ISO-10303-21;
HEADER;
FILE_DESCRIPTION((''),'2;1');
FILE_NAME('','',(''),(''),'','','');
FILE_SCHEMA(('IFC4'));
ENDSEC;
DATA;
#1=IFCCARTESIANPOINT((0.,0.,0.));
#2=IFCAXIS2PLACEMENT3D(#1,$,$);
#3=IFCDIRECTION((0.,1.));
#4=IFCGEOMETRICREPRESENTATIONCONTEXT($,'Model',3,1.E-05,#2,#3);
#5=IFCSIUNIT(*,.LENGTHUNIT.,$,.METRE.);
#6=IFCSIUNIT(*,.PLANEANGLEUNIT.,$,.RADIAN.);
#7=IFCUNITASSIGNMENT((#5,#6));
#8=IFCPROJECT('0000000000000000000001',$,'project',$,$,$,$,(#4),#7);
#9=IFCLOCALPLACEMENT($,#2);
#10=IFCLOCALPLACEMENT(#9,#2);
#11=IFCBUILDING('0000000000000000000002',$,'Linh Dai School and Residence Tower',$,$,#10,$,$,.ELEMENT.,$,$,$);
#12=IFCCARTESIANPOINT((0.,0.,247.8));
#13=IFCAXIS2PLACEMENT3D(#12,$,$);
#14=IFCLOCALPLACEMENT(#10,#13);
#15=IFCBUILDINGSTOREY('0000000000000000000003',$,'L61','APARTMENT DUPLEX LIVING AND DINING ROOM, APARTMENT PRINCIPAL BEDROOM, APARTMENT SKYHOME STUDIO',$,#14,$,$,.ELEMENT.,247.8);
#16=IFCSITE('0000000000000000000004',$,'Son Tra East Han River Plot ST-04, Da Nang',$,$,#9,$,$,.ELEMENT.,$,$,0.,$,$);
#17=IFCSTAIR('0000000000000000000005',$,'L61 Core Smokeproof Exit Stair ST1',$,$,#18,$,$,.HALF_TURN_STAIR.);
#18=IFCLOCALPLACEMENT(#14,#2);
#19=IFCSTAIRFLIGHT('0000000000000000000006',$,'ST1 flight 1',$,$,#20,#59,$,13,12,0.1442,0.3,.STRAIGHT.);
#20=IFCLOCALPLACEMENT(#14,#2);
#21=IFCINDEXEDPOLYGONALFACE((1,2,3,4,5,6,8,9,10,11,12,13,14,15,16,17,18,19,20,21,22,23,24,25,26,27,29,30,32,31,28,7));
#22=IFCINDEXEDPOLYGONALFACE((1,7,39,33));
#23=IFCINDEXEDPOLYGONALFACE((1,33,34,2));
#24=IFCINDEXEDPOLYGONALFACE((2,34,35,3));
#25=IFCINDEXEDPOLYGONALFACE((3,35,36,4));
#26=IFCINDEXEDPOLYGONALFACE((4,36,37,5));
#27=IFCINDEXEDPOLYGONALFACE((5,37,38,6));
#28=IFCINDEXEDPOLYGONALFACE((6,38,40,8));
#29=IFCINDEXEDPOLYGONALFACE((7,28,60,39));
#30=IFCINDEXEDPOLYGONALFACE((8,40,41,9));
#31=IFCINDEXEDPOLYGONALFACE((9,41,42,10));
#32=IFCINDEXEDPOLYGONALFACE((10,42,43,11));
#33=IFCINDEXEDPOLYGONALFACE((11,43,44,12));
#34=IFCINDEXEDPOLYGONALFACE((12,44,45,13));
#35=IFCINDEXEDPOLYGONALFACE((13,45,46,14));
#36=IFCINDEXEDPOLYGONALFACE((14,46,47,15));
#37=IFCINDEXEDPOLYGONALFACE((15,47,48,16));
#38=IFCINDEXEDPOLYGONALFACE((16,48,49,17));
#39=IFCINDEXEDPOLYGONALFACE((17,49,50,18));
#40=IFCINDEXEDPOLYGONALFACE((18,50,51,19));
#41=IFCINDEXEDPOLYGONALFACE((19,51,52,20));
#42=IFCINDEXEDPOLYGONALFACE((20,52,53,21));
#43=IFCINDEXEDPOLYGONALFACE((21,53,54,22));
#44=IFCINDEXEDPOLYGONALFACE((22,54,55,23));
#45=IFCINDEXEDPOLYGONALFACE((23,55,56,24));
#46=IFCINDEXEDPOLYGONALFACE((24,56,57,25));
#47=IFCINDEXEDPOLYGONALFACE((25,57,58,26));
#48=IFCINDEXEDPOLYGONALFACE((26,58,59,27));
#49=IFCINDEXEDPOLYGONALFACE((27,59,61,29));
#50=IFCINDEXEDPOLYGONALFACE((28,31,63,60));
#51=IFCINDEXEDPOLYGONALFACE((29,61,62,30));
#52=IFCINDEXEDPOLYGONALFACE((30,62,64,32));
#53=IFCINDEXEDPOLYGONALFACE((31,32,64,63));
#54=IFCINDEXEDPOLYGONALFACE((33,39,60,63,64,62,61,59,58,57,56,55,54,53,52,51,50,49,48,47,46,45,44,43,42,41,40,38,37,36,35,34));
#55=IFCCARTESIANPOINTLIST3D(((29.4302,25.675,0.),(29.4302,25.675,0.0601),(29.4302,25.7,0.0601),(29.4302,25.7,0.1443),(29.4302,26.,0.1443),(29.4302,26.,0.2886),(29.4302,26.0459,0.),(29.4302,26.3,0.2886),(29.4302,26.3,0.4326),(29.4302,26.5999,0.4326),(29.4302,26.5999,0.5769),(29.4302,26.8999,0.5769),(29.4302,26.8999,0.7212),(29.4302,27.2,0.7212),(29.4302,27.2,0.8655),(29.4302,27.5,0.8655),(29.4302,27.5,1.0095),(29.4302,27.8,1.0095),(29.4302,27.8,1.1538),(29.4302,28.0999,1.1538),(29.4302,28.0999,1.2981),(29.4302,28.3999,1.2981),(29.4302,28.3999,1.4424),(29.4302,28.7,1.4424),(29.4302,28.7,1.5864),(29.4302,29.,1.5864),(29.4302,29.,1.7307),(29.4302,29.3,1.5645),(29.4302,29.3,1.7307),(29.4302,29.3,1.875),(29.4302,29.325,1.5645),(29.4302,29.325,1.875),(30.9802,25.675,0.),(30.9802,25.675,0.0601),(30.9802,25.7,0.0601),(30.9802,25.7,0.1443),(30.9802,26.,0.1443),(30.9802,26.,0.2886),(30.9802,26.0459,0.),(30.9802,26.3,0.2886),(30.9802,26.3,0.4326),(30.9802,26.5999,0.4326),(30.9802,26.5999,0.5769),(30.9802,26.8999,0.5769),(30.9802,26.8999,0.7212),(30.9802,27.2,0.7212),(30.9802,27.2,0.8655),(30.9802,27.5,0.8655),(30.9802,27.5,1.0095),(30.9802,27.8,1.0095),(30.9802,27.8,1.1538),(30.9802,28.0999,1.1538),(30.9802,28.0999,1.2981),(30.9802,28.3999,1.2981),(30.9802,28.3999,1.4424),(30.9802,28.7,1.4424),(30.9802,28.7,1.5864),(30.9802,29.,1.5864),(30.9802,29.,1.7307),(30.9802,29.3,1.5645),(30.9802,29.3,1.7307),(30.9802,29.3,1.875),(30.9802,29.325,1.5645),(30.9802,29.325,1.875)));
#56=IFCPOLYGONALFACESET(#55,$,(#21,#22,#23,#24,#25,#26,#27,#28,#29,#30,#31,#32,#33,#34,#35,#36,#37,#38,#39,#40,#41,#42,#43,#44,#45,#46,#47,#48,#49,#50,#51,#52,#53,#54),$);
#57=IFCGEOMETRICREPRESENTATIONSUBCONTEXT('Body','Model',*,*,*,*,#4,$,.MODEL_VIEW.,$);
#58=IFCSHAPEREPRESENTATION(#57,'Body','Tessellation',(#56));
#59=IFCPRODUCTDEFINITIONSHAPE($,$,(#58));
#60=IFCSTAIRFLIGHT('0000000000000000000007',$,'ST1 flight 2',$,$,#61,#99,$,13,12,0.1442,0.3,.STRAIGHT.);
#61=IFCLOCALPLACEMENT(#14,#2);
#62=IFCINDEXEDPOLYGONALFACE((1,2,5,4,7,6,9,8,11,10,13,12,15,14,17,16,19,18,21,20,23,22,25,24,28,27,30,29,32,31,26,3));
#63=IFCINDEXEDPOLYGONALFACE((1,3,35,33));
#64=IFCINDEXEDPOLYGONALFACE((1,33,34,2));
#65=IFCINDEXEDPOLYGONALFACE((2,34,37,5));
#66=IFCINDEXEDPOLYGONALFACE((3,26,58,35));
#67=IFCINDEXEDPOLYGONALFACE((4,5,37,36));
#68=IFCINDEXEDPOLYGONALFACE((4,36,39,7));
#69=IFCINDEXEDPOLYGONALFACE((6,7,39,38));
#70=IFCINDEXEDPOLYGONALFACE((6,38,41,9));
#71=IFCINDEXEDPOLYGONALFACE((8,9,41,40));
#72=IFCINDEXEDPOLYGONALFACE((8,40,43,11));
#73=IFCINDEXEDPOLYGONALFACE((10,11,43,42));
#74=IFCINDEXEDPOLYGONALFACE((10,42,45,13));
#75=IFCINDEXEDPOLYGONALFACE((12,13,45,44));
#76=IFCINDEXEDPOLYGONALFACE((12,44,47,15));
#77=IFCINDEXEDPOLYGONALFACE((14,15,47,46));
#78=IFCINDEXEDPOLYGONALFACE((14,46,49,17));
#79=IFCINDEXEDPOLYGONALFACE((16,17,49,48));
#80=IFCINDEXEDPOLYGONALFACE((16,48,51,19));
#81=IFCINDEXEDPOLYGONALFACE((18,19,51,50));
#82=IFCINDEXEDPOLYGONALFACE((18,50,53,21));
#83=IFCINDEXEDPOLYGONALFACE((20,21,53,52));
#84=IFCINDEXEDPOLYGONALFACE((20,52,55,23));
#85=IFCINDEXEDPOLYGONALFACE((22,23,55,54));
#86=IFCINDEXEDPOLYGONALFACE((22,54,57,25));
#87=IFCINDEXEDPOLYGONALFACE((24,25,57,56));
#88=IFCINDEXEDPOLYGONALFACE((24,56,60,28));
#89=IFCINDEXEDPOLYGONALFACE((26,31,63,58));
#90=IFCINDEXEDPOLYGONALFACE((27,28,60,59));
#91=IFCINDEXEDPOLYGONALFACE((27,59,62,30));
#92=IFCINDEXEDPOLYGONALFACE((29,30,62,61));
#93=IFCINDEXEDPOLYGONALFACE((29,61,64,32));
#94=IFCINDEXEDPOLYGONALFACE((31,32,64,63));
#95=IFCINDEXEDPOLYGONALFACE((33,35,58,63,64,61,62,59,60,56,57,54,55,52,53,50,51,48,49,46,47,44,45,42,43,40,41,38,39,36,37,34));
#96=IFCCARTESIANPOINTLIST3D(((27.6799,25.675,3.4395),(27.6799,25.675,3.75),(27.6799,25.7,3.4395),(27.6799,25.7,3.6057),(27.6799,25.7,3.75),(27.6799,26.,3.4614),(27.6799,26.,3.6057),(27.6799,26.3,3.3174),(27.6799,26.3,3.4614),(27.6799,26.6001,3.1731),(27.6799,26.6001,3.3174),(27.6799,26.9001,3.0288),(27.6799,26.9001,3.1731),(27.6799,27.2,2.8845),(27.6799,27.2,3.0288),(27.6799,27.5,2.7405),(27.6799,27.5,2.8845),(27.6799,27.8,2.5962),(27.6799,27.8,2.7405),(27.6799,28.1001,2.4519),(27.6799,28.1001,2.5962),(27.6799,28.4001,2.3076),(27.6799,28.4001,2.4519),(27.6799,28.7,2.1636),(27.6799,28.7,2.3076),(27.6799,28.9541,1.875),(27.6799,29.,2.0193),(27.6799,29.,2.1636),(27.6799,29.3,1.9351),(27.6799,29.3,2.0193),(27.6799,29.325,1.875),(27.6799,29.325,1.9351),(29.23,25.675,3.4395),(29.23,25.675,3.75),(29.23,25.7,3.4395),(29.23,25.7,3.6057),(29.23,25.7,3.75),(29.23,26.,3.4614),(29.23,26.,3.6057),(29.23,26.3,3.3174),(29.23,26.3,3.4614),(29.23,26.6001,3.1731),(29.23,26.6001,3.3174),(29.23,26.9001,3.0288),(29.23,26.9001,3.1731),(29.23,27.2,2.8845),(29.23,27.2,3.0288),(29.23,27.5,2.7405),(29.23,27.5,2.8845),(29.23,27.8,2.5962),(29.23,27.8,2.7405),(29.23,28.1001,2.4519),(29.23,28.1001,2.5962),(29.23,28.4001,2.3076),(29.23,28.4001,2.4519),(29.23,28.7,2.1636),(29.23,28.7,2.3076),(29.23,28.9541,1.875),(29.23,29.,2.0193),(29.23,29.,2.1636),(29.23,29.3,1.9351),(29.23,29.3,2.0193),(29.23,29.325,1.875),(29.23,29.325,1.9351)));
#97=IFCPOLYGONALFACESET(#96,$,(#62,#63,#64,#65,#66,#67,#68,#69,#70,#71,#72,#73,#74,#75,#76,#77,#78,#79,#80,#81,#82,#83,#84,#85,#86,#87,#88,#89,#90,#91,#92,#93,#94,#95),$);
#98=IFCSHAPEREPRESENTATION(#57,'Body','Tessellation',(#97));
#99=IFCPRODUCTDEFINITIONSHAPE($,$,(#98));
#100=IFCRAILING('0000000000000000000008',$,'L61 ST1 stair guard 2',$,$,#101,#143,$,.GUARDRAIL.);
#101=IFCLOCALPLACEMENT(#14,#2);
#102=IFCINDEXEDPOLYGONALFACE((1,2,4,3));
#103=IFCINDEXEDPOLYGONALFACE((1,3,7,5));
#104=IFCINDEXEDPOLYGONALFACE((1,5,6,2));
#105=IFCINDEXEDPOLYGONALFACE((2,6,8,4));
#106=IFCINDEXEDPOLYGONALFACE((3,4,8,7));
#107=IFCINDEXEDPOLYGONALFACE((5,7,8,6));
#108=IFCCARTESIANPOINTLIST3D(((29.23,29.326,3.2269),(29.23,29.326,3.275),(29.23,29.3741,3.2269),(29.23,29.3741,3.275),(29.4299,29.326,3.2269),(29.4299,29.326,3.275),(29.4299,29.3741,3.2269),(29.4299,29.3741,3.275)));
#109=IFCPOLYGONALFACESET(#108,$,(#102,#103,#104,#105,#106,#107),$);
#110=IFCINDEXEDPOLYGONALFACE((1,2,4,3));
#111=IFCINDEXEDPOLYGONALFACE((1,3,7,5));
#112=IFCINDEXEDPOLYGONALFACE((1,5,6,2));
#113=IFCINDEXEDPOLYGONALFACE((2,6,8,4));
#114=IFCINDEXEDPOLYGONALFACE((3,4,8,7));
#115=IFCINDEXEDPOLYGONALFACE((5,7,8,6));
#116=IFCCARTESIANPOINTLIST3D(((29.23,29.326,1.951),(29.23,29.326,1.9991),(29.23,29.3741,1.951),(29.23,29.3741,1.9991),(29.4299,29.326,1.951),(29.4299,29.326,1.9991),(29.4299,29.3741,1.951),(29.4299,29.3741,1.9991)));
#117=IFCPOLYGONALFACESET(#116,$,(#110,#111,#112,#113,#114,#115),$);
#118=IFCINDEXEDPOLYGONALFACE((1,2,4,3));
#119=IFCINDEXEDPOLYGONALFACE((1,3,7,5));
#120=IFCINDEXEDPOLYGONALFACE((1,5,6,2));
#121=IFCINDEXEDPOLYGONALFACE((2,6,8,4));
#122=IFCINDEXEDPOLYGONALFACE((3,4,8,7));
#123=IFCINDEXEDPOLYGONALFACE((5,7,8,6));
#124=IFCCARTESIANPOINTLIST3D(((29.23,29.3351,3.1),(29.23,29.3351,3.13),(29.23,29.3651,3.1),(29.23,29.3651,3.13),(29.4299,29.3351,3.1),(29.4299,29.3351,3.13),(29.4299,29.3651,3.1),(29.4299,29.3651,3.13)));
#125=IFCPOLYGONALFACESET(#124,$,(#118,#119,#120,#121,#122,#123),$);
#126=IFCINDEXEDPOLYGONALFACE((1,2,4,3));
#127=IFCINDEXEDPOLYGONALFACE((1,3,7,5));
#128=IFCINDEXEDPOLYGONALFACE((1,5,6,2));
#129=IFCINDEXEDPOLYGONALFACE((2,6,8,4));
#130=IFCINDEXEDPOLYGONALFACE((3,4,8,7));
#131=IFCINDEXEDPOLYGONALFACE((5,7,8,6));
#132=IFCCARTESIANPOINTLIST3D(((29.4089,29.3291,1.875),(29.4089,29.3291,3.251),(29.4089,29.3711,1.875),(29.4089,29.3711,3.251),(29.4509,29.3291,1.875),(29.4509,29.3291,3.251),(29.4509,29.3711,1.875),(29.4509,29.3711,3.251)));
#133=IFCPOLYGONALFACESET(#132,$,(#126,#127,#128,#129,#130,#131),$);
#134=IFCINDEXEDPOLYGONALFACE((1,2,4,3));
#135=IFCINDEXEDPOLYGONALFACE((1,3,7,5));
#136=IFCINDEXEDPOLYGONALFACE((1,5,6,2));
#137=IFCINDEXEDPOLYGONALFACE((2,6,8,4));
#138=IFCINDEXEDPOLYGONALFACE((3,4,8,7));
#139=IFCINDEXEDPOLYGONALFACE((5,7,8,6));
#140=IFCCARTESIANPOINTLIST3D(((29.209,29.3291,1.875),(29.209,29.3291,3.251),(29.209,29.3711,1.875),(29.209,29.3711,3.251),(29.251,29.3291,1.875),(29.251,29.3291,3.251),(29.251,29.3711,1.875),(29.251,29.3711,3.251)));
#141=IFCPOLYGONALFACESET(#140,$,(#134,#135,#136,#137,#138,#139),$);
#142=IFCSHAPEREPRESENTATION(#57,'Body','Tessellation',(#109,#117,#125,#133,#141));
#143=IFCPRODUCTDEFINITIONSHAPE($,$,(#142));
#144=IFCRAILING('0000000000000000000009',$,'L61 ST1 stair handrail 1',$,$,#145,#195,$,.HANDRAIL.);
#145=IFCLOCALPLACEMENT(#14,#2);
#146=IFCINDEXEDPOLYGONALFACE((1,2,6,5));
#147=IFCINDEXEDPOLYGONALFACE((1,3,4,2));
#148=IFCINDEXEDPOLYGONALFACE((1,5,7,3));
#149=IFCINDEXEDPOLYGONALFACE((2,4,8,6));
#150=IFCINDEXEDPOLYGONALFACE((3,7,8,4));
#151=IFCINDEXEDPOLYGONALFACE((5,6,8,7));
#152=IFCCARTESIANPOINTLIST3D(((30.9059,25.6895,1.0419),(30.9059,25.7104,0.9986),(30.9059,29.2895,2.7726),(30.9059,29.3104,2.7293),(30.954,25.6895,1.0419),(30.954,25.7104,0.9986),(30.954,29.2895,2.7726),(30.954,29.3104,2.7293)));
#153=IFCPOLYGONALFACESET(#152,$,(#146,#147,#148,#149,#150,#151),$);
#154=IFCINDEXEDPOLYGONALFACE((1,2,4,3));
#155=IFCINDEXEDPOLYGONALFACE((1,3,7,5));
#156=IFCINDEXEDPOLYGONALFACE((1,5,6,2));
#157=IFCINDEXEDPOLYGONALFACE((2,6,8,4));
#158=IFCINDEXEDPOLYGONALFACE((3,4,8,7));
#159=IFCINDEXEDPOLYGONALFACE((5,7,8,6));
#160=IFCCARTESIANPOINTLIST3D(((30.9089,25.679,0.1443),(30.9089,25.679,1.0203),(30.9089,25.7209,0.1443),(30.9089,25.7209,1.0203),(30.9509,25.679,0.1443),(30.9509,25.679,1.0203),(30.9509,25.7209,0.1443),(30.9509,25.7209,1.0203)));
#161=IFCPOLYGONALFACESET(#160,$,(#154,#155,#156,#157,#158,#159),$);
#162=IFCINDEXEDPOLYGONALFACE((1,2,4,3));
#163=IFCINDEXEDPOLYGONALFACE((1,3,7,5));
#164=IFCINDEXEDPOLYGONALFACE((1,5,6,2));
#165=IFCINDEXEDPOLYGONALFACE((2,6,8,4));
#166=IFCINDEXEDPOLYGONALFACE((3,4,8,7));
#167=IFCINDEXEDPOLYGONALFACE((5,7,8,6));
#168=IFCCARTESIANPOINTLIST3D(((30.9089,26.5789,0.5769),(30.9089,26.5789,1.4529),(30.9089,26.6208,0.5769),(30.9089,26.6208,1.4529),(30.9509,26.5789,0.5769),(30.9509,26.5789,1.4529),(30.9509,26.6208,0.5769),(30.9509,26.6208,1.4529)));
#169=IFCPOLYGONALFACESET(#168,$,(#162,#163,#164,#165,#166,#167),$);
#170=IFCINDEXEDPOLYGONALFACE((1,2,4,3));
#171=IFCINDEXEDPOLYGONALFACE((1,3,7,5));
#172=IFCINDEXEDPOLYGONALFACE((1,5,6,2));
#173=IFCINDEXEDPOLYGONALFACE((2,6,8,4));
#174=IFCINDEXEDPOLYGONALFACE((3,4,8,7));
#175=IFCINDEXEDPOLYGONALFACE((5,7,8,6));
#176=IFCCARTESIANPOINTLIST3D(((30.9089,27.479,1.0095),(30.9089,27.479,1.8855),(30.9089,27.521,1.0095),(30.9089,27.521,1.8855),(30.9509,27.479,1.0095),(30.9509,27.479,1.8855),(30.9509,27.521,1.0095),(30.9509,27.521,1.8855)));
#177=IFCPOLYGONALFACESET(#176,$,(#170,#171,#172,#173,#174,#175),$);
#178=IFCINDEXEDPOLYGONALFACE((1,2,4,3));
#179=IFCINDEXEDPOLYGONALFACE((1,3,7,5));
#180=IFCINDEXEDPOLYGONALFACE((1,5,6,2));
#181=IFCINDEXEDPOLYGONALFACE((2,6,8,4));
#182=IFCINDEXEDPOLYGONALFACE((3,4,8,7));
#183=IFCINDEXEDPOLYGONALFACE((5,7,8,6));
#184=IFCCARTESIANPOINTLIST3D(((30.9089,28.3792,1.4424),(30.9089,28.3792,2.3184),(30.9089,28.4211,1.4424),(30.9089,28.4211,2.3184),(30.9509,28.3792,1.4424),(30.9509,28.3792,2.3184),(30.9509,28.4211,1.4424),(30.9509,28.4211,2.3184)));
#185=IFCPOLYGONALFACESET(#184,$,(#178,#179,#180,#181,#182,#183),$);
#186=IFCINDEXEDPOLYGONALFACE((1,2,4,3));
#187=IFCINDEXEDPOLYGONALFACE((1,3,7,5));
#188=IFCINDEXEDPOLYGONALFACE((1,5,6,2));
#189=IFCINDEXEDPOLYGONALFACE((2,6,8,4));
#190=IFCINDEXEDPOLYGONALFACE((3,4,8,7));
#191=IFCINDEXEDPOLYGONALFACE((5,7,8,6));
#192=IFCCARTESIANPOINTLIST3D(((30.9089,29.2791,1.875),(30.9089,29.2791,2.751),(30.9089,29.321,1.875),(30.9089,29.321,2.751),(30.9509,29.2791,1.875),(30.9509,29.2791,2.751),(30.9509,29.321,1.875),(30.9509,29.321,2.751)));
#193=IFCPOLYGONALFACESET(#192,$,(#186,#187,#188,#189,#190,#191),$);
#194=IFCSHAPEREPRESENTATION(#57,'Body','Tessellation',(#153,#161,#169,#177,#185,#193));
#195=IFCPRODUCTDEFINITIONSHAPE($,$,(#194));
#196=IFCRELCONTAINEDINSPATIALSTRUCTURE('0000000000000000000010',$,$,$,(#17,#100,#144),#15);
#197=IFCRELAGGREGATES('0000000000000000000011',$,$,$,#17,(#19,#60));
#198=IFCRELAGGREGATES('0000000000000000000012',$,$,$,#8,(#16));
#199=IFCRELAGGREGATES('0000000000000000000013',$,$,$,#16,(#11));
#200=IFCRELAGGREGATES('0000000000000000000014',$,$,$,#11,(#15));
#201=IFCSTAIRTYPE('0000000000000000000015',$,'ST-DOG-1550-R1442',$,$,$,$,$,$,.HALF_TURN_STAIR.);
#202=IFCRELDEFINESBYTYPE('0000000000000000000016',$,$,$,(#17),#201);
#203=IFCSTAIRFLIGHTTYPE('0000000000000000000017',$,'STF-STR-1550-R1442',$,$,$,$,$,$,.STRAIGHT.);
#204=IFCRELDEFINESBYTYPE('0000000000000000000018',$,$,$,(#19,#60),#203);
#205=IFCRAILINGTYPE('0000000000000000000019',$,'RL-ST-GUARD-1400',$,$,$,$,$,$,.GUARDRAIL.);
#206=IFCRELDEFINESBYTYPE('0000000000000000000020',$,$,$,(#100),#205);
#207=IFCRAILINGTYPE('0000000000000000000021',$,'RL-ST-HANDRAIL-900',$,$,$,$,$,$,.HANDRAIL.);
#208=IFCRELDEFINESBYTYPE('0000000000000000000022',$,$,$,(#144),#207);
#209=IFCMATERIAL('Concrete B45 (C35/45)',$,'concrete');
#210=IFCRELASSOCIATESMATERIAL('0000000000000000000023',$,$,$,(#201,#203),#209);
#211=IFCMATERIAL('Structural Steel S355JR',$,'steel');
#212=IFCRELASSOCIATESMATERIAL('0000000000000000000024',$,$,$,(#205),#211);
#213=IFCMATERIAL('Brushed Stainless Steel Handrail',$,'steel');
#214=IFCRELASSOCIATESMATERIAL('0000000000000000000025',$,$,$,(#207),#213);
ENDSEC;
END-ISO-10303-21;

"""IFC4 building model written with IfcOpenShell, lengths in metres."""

from ifc_helpers import new_model, si_unit, direction, frame, origin, origin_2d, place, context, subcontext, project, spatial, polyline, rectangle, outline, extrude, source, transform, mapped, material, type_object, element, aggregate, save


model = new_model("IFC4")

# Units and contexts
model_context = context("Model", 3, precision=1e-05, world=origin(), true_north=direction((0.0, 1.0)))
body_context = subcontext(model_context, "Body", "Model", "MODEL_VIEW")
ifc_project = project(units=[si_unit("LENGTHUNIT", "METRE"), si_unit("PLANEANGLEUNIT", "RADIAN")], contexts=[model_context])

# Site, building, storey
site_placement = place(None, origin())
site = spatial("IfcSite", under=ifc_project, at=site_placement, Name="Son Tra East Han River Plot ST-04, Da Nang", CompositionType="ELEMENT", RefElevation=0.0)
building_placement = place(site_placement, origin())
building = spatial("IfcBuilding", under=site, at=building_placement, Name="Linh Dai School and Residence Tower", CompositionType="ELEMENT")
storey_placement = place(building_placement, frame((0.0, 0.0, 247.8)))
storey = spatial("IfcBuildingStorey", under=building, at=storey_placement, Name="L61", Description="APARTMENT DUPLEX LIVING AND DINING ROOM, APARTMENT PRINCIPAL BEDROOM, APARTMENT SKYHOME STUDIO", CompositionType="ELEMENT", Elevation=247.8)

# Shared definitions
ifc_material_1 = material(Name="Concrete B45 (C35/45)", Category="concrete")

# Stair, stair flights
stair_type = type_object("IfcStairType", Name="ST-DOG-1550-R1442", PredefinedType="HALF_TURN_STAIR", material=ifc_material_1)
stair_placement = place(storey_placement, origin())
stair = element("IfcStair", 1, at=stair_placement, inside=storey, type_object=stair_type, Name="L61 Core Smokeproof Exit Stair ST1", PredefinedType="HALF_TURN_STAIR")
stair_flight_type = type_object("IfcStairFlightType", Name="STF-STR-1550-R1442", PredefinedType="STRAIGHT", material=ifc_material_1)
shared_shape_1 = source(origin(), body_context, "Body", "SweptSolid", [
    extrude(outline(polyline([(-0.0249, 0.0), (-0.0249, 0.0601), (0.0, 0.0601), (0.0, 0.1443), (0.3, 0.1443), (0.3, 0.2886), (0.6001, 0.2886), (0.6001, 0.4326), (0.8999, 0.4326), (0.8999, 0.5769), (1.2, 0.5769), (1.2, 0.7212), (1.5, 0.7212), (1.5, 0.8655), (1.8, 0.8655), (1.8, 1.0095), (2.1001, 1.0095), (2.1001, 1.1538), (2.3999, 1.1538), (2.3999, 1.2981), (2.7, 1.2981), (2.7, 1.4424), (3.0, 1.4424), (3.0, 1.5864), (3.3, 1.5864), (3.3, 1.7307), (3.6001, 1.7307), (3.6001, 1.875), (3.625, 1.875), (3.625, 1.5645), (3.6001, 1.5645), (0.3459, 0.0), (-0.0249, 0.0)])), frame((0.0, 0.7749, 0.0), z_axis=(0.0, -1.0, 0.0), x_axis=(1.0, 0.0, 0.0)), (0.0, 0.0, 1.0), 1.55),
])
stair_flight_1_placement = place(storey_placement, frame((30.2051, 25.7, 0.0), z_axis=(0.0, 0.0, 1.0), x_axis=(0.0, 1.0, 0.0)))
stair_flight_1 = element("IfcStairFlight", 2, at=stair_flight_1_placement, type_object=stair_flight_type, Name="ST1 flight 1", NumberOfRisers=13, NumberOfTreads=12, PredefinedType="STRAIGHT", RiserHeight=0.1442, TreadLength=0.3, context=body_context, shape_type="MappedRepresentation", body=[
    mapped(shared_shape_1, transform((0.0, 0.0, 0.0), x_axis=(1.0, 0.0, 0.0), y_axis=(0.0, 1.0, 0.0), z_axis=(0.0, 0.0, 1.0), scale=1.0)),
])
stair_flight_2_placement = place(storey_placement, frame((28.4551, 29.3, 1.875), z_axis=(0.0, 0.0, 1.0), x_axis=(0.0, -1.0, 0.0)))
stair_flight_2 = element("IfcStairFlight", 3, at=stair_flight_2_placement, type_object=stair_flight_type, Name="ST1 flight 2", NumberOfRisers=13, NumberOfTreads=12, PredefinedType="STRAIGHT", RiserHeight=0.1442, TreadLength=0.3, context=body_context, shape_type="MappedRepresentation", body=[
    mapped(shared_shape_1, transform((0.0, 0.0, 0.0), x_axis=(1.0, 0.0, 0.0), y_axis=(0.0, 1.0, 0.0), z_axis=(0.0, 0.0, 1.0), scale=1.0)),
])
aggregate(stair, [stair_flight_1, stair_flight_2])

# Railings
ifc_material_2 = material(Name="Structural Steel S355JR", Category="steel")
railing_type_1 = type_object("IfcRailingType", Name="RL-ST-GUARD-1400", PredefinedType="GUARDRAIL", material=ifc_material_2)
shared_shape_2 = source(origin(), body_context, "Body", "SweptSolid", [
    extrude(rectangle(XDim=0.0481, YDim=0.0481, at=origin_2d()), frame((0.0, 0.0, 1.376), z_axis=(-1.0, 0.0, 0.0), x_axis=(0.0, -1.0, 0.0)), (0.0, 0.0, 1.0), 0.2),
    extrude(rectangle(XDim=0.0481, YDim=0.0481, at=origin_2d()), frame((0.0, 0.0, 0.1001), z_axis=(-1.0, 0.0, 0.0), x_axis=(0.0, -1.0, 0.0)), (0.0, 0.0, 1.0), 0.2),
    extrude(rectangle(XDim=0.03, YDim=0.03, at=origin_2d()), frame((0.0, 0.0, 1.24), z_axis=(-1.0, 0.0, 0.0), x_axis=(0.0, -1.0, 0.0)), (0.0, 0.0, 1.0), 0.2),
    extrude(rectangle(XDim=0.042, YDim=0.042, at=origin_2d()), origin(), (0.0, 0.0, 1.0), 1.376),
    extrude(rectangle(XDim=0.042, YDim=0.042, at=origin_2d()), frame((-0.2, 0.0, 0.0)), (0.0, 0.0, 1.0), 1.376),
])
railing_1_placement = place(storey_placement, frame((29.4299, 29.3501, 1.875)))
element("IfcRailing", 4, at=railing_1_placement, inside=storey, type_object=railing_type_1, Name="L61 ST1 stair guard 2", PredefinedType="GUARDRAIL", context=body_context, shape_type="MappedRepresentation", body=[
    mapped(shared_shape_2, transform((0.0, 0.0, 0.0), x_axis=(1.0, 0.0, 0.0), y_axis=(0.0, 1.0, 0.0), z_axis=(0.0, 0.0, 1.0), scale=1.0)),
])
ifc_material_3 = material(Name="Brushed Stainless Steel Handrail", Category="steel")
railing_type_2 = type_object("IfcRailingType", Name="RL-ST-HANDRAIL-900", PredefinedType="HANDRAIL", material=ifc_material_3)
shared_shape_3 = source(origin(), body_context, "Body", "SweptSolid", [
    extrude(rectangle(XDim=0.0481, YDim=0.0481, at=origin_2d()), frame((0.0, 0.0, 0.876), z_axis=(0.0, 0.901263, 0.433273), x_axis=(-1.0, 0.0, 0.0)), (0.0, 0.0, 1.0), 3.9944),
    extrude(rectangle(XDim=0.042, YDim=0.042, at=origin_2d()), origin(), (0.0, 0.0, 1.0), 0.876),
    extrude(rectangle(XDim=0.042, YDim=0.042, at=origin_2d()), frame((0.0, 0.8999, 0.4326)), (0.0, 0.0, 1.0), 0.876),
    extrude(rectangle(XDim=0.042, YDim=0.042, at=origin_2d()), frame((0.0, 1.8, 0.8652)), (0.0, 0.0, 1.0), 0.876),
    extrude(rectangle(XDim=0.042, YDim=0.042, at=origin_2d()), frame((0.0, 2.7002, 1.2981)), (0.0, 0.0, 1.0), 0.876),
    extrude(rectangle(XDim=0.042, YDim=0.042, at=origin_2d()), frame((0.0, 3.6001, 1.7307)), (0.0, 0.0, 1.0), 0.876),
])
railing_2_placement = place(storey_placement, frame((30.9299, 25.7, 0.1443)))
element("IfcRailing", 5, at=railing_2_placement, inside=storey, type_object=railing_type_2, Name="L61 ST1 stair handrail 1", PredefinedType="HANDRAIL", context=body_context, shape_type="MappedRepresentation", body=[
    mapped(shared_shape_3, transform((0.0, 0.0, 0.0), x_axis=(1.0, 0.0, 0.0), y_axis=(0.0, 1.0, 0.0), z_axis=(0.0, 0.0, 1.0), scale=1.0)),
])

save(model, "model.ifc")
